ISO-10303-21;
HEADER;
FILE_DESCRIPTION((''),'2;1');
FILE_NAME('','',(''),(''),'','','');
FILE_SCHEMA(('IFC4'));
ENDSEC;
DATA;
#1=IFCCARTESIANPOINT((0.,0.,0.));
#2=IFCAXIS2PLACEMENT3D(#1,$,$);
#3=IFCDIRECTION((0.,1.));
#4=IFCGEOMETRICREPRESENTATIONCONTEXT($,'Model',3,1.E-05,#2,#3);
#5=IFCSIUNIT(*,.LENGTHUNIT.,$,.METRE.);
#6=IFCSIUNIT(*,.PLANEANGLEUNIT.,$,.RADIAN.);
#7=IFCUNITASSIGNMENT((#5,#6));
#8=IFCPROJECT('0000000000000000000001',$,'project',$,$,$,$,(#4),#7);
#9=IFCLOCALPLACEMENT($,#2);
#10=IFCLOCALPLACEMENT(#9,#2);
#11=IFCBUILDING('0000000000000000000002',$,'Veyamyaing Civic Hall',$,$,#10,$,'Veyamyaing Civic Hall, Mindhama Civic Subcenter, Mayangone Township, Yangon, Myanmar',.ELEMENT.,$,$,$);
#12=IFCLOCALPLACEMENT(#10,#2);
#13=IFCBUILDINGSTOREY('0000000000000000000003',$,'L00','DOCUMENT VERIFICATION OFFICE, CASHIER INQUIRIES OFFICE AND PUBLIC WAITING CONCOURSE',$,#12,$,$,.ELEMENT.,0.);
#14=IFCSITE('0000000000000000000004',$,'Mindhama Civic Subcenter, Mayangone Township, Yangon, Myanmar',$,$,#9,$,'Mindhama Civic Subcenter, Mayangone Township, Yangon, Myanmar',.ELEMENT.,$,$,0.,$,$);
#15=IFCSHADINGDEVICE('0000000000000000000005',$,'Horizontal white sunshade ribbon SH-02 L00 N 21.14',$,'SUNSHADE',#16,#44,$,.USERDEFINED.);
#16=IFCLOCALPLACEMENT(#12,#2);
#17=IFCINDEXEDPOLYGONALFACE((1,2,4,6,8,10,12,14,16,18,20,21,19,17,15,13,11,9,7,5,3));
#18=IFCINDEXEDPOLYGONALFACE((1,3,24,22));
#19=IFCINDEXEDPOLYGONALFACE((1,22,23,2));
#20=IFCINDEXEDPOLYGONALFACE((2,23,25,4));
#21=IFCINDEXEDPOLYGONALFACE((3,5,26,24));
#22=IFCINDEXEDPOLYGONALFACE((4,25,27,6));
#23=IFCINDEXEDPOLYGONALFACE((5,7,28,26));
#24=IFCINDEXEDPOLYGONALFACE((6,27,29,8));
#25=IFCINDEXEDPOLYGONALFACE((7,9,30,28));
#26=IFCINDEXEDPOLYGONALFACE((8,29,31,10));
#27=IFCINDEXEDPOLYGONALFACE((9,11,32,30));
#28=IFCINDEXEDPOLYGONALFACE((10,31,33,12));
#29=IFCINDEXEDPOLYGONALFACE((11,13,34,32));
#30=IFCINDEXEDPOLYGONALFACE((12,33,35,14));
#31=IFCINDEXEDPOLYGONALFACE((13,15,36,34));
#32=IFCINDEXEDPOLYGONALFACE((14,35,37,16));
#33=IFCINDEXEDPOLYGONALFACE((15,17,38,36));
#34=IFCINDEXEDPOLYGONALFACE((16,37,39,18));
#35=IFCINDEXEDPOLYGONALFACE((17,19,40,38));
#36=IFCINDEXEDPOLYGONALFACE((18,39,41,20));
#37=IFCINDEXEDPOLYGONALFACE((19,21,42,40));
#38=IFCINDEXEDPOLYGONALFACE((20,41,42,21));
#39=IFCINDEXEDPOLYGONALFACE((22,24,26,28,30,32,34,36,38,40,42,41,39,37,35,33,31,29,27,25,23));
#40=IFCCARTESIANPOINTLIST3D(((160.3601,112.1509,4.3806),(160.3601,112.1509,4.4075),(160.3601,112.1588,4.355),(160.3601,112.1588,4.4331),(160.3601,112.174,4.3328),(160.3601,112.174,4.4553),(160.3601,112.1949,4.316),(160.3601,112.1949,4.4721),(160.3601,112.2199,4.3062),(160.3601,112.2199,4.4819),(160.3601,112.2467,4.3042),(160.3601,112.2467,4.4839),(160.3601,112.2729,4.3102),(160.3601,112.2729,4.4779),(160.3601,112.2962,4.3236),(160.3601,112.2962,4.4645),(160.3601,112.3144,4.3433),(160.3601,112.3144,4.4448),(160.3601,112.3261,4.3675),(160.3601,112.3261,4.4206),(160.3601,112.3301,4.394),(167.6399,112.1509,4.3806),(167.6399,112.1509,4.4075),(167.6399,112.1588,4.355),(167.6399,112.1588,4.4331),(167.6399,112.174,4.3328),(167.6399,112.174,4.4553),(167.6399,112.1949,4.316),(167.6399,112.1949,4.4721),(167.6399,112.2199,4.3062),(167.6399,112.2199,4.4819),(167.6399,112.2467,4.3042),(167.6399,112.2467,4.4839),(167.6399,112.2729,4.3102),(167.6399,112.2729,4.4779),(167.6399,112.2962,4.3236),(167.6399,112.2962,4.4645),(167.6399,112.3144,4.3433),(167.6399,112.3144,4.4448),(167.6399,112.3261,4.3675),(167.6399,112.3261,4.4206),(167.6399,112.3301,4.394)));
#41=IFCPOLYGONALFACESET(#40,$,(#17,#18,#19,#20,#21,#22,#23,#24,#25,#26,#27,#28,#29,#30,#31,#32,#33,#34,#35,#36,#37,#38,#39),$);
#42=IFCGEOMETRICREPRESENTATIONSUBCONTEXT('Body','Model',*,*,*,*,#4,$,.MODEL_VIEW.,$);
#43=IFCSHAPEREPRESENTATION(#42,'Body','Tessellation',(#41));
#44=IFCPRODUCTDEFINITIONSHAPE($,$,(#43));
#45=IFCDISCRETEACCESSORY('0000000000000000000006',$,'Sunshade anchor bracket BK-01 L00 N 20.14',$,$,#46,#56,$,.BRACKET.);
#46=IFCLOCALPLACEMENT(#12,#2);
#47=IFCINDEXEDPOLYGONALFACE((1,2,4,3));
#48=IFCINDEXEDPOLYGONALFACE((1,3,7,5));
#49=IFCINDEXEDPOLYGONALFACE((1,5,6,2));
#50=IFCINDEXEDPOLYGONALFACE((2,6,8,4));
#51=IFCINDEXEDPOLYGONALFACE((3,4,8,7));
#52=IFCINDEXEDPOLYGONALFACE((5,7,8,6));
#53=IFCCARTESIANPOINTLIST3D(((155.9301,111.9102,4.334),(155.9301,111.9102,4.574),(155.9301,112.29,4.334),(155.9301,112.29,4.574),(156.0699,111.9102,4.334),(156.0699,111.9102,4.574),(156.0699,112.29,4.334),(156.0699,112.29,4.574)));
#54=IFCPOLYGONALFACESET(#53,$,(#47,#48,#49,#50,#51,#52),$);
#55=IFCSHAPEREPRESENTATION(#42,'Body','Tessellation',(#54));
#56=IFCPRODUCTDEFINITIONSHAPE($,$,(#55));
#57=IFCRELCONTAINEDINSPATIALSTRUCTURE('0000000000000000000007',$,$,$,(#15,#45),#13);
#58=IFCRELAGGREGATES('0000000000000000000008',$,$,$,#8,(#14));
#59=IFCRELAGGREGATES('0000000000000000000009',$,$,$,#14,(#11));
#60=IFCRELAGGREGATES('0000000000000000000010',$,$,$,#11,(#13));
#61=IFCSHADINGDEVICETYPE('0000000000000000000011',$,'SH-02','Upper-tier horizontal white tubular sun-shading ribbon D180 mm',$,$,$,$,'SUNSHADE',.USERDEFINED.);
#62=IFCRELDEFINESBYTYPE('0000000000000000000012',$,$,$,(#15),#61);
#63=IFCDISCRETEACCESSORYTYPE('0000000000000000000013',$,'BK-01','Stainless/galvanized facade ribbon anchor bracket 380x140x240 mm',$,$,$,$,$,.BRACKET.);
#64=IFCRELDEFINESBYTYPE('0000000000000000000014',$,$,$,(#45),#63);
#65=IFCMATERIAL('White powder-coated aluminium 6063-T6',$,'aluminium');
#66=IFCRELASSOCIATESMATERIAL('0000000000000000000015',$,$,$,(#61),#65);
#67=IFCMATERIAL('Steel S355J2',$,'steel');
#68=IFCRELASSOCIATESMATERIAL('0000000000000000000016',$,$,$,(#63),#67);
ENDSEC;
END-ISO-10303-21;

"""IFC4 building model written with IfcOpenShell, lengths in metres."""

from ifc_helpers import new_model, si_unit, direction, frame, origin, origin_2d, place, context, subcontext, project, spatial, rectangle, circle, extrude, material, material_profile, profile_set, type_object, element, save


model = new_model("IFC4")

# Units and contexts
model_context = context("Model", 3, precision=1e-05, world=origin(), true_north=direction((0.0, 1.0)))
body_context = subcontext(model_context, "Body", "Model", "MODEL_VIEW")
ifc_project = project(units=[si_unit("LENGTHUNIT", "METRE"), si_unit("PLANEANGLEUNIT", "RADIAN")], contexts=[model_context])

# Site, building, storey
site_placement = place(None, origin())
site = spatial("IfcSite", under=ifc_project, at=site_placement, Name="Mindhama Civic Subcenter, Mayangone Township, Yangon, Myanmar", LongName="Mindhama Civic Subcenter, Mayangone Township, Yangon, Myanmar", CompositionType="ELEMENT", RefElevation=0.0)
building_placement = place(site_placement, origin())
building = spatial("IfcBuilding", under=site, at=building_placement, Name="Veyamyaing Civic Hall", LongName="Veyamyaing Civic Hall, Mindhama Civic Subcenter, Mayangone Township, Yangon, Myanmar", CompositionType="ELEMENT")
storey_placement = place(building_placement, origin())
storey = spatial("IfcBuildingStorey", under=building, at=storey_placement, Name="L00", Description="DOCUMENT VERIFICATION OFFICE, CASHIER INQUIRIES OFFICE AND PUBLIC WAITING CONCOURSE", CompositionType="ELEMENT", Elevation=0.0)

# Shared definitions
ifc_material_1 = material(Name="White powder-coated aluminium 6063-T6", Category="aluminium")

# Shading device
ifc_material_profile_1 = material_profile(ifc_material_1, circle(Radius=0.0901, at=origin_2d()), Name="SHADE-TUBE-180")
ifc_profile_set_1 = profile_set([ifc_material_profile_1], Name="White powder-coated aluminium 6063-T6")
shading_device_type = type_object("IfcShadingDeviceType", Name="SH-02", Description="Upper-tier horizontal white tubular sun-shading ribbon D180 mm", ElementType="SUNSHADE", PredefinedType="USERDEFINED", material=ifc_profile_set_1)
shading_device_placement = place(storey_placement, frame((160.3601, 112.24, 4.394), z_axis=(1.0, 0.0, 0.0), x_axis=(0.0, 1.0, 0.0)))
element("IfcShadingDevice", 1, at=shading_device_placement, inside=storey, type_object=shading_device_type, Name="Horizontal white sunshade ribbon SH-02 L00 N 21.14", ObjectType="SUNSHADE", PredefinedType="USERDEFINED", context=body_context, shape_type="SweptSolid", body=[
    extrude(circle(Radius=0.0901, at=origin_2d()), origin(), (0.0, 0.0, 1.0), 7.2798),
])

# Discrete accessory
ifc_material_2 = material(Name="Steel S355J2", Category="steel")
discrete_accessory_type = type_object("IfcDiscreteAccessoryType", Name="BK-01", Description="Stainless/galvanized facade ribbon anchor bracket 380x140x240 mm", PredefinedType="BRACKET", material=ifc_material_2)
discrete_accessory_placement = place(storey_placement, frame((156.0, 112.1001, 4.334), z_axis=(0.0, 0.0, 1.0), x_axis=(0.0, 1.0, 0.0)))
element("IfcDiscreteAccessory", 2, at=discrete_accessory_placement, inside=storey, type_object=discrete_accessory_type, Name="Sunshade anchor bracket BK-01 L00 N 20.14", PredefinedType="BRACKET", context=body_context, shape_type="SweptSolid", body=[
    extrude(rectangle(XDim=0.3799, YDim=0.1399, at=origin_2d()), origin(), (0.0, 0.0, 1.0), 0.24),
])

save(model, "model.ifc")
